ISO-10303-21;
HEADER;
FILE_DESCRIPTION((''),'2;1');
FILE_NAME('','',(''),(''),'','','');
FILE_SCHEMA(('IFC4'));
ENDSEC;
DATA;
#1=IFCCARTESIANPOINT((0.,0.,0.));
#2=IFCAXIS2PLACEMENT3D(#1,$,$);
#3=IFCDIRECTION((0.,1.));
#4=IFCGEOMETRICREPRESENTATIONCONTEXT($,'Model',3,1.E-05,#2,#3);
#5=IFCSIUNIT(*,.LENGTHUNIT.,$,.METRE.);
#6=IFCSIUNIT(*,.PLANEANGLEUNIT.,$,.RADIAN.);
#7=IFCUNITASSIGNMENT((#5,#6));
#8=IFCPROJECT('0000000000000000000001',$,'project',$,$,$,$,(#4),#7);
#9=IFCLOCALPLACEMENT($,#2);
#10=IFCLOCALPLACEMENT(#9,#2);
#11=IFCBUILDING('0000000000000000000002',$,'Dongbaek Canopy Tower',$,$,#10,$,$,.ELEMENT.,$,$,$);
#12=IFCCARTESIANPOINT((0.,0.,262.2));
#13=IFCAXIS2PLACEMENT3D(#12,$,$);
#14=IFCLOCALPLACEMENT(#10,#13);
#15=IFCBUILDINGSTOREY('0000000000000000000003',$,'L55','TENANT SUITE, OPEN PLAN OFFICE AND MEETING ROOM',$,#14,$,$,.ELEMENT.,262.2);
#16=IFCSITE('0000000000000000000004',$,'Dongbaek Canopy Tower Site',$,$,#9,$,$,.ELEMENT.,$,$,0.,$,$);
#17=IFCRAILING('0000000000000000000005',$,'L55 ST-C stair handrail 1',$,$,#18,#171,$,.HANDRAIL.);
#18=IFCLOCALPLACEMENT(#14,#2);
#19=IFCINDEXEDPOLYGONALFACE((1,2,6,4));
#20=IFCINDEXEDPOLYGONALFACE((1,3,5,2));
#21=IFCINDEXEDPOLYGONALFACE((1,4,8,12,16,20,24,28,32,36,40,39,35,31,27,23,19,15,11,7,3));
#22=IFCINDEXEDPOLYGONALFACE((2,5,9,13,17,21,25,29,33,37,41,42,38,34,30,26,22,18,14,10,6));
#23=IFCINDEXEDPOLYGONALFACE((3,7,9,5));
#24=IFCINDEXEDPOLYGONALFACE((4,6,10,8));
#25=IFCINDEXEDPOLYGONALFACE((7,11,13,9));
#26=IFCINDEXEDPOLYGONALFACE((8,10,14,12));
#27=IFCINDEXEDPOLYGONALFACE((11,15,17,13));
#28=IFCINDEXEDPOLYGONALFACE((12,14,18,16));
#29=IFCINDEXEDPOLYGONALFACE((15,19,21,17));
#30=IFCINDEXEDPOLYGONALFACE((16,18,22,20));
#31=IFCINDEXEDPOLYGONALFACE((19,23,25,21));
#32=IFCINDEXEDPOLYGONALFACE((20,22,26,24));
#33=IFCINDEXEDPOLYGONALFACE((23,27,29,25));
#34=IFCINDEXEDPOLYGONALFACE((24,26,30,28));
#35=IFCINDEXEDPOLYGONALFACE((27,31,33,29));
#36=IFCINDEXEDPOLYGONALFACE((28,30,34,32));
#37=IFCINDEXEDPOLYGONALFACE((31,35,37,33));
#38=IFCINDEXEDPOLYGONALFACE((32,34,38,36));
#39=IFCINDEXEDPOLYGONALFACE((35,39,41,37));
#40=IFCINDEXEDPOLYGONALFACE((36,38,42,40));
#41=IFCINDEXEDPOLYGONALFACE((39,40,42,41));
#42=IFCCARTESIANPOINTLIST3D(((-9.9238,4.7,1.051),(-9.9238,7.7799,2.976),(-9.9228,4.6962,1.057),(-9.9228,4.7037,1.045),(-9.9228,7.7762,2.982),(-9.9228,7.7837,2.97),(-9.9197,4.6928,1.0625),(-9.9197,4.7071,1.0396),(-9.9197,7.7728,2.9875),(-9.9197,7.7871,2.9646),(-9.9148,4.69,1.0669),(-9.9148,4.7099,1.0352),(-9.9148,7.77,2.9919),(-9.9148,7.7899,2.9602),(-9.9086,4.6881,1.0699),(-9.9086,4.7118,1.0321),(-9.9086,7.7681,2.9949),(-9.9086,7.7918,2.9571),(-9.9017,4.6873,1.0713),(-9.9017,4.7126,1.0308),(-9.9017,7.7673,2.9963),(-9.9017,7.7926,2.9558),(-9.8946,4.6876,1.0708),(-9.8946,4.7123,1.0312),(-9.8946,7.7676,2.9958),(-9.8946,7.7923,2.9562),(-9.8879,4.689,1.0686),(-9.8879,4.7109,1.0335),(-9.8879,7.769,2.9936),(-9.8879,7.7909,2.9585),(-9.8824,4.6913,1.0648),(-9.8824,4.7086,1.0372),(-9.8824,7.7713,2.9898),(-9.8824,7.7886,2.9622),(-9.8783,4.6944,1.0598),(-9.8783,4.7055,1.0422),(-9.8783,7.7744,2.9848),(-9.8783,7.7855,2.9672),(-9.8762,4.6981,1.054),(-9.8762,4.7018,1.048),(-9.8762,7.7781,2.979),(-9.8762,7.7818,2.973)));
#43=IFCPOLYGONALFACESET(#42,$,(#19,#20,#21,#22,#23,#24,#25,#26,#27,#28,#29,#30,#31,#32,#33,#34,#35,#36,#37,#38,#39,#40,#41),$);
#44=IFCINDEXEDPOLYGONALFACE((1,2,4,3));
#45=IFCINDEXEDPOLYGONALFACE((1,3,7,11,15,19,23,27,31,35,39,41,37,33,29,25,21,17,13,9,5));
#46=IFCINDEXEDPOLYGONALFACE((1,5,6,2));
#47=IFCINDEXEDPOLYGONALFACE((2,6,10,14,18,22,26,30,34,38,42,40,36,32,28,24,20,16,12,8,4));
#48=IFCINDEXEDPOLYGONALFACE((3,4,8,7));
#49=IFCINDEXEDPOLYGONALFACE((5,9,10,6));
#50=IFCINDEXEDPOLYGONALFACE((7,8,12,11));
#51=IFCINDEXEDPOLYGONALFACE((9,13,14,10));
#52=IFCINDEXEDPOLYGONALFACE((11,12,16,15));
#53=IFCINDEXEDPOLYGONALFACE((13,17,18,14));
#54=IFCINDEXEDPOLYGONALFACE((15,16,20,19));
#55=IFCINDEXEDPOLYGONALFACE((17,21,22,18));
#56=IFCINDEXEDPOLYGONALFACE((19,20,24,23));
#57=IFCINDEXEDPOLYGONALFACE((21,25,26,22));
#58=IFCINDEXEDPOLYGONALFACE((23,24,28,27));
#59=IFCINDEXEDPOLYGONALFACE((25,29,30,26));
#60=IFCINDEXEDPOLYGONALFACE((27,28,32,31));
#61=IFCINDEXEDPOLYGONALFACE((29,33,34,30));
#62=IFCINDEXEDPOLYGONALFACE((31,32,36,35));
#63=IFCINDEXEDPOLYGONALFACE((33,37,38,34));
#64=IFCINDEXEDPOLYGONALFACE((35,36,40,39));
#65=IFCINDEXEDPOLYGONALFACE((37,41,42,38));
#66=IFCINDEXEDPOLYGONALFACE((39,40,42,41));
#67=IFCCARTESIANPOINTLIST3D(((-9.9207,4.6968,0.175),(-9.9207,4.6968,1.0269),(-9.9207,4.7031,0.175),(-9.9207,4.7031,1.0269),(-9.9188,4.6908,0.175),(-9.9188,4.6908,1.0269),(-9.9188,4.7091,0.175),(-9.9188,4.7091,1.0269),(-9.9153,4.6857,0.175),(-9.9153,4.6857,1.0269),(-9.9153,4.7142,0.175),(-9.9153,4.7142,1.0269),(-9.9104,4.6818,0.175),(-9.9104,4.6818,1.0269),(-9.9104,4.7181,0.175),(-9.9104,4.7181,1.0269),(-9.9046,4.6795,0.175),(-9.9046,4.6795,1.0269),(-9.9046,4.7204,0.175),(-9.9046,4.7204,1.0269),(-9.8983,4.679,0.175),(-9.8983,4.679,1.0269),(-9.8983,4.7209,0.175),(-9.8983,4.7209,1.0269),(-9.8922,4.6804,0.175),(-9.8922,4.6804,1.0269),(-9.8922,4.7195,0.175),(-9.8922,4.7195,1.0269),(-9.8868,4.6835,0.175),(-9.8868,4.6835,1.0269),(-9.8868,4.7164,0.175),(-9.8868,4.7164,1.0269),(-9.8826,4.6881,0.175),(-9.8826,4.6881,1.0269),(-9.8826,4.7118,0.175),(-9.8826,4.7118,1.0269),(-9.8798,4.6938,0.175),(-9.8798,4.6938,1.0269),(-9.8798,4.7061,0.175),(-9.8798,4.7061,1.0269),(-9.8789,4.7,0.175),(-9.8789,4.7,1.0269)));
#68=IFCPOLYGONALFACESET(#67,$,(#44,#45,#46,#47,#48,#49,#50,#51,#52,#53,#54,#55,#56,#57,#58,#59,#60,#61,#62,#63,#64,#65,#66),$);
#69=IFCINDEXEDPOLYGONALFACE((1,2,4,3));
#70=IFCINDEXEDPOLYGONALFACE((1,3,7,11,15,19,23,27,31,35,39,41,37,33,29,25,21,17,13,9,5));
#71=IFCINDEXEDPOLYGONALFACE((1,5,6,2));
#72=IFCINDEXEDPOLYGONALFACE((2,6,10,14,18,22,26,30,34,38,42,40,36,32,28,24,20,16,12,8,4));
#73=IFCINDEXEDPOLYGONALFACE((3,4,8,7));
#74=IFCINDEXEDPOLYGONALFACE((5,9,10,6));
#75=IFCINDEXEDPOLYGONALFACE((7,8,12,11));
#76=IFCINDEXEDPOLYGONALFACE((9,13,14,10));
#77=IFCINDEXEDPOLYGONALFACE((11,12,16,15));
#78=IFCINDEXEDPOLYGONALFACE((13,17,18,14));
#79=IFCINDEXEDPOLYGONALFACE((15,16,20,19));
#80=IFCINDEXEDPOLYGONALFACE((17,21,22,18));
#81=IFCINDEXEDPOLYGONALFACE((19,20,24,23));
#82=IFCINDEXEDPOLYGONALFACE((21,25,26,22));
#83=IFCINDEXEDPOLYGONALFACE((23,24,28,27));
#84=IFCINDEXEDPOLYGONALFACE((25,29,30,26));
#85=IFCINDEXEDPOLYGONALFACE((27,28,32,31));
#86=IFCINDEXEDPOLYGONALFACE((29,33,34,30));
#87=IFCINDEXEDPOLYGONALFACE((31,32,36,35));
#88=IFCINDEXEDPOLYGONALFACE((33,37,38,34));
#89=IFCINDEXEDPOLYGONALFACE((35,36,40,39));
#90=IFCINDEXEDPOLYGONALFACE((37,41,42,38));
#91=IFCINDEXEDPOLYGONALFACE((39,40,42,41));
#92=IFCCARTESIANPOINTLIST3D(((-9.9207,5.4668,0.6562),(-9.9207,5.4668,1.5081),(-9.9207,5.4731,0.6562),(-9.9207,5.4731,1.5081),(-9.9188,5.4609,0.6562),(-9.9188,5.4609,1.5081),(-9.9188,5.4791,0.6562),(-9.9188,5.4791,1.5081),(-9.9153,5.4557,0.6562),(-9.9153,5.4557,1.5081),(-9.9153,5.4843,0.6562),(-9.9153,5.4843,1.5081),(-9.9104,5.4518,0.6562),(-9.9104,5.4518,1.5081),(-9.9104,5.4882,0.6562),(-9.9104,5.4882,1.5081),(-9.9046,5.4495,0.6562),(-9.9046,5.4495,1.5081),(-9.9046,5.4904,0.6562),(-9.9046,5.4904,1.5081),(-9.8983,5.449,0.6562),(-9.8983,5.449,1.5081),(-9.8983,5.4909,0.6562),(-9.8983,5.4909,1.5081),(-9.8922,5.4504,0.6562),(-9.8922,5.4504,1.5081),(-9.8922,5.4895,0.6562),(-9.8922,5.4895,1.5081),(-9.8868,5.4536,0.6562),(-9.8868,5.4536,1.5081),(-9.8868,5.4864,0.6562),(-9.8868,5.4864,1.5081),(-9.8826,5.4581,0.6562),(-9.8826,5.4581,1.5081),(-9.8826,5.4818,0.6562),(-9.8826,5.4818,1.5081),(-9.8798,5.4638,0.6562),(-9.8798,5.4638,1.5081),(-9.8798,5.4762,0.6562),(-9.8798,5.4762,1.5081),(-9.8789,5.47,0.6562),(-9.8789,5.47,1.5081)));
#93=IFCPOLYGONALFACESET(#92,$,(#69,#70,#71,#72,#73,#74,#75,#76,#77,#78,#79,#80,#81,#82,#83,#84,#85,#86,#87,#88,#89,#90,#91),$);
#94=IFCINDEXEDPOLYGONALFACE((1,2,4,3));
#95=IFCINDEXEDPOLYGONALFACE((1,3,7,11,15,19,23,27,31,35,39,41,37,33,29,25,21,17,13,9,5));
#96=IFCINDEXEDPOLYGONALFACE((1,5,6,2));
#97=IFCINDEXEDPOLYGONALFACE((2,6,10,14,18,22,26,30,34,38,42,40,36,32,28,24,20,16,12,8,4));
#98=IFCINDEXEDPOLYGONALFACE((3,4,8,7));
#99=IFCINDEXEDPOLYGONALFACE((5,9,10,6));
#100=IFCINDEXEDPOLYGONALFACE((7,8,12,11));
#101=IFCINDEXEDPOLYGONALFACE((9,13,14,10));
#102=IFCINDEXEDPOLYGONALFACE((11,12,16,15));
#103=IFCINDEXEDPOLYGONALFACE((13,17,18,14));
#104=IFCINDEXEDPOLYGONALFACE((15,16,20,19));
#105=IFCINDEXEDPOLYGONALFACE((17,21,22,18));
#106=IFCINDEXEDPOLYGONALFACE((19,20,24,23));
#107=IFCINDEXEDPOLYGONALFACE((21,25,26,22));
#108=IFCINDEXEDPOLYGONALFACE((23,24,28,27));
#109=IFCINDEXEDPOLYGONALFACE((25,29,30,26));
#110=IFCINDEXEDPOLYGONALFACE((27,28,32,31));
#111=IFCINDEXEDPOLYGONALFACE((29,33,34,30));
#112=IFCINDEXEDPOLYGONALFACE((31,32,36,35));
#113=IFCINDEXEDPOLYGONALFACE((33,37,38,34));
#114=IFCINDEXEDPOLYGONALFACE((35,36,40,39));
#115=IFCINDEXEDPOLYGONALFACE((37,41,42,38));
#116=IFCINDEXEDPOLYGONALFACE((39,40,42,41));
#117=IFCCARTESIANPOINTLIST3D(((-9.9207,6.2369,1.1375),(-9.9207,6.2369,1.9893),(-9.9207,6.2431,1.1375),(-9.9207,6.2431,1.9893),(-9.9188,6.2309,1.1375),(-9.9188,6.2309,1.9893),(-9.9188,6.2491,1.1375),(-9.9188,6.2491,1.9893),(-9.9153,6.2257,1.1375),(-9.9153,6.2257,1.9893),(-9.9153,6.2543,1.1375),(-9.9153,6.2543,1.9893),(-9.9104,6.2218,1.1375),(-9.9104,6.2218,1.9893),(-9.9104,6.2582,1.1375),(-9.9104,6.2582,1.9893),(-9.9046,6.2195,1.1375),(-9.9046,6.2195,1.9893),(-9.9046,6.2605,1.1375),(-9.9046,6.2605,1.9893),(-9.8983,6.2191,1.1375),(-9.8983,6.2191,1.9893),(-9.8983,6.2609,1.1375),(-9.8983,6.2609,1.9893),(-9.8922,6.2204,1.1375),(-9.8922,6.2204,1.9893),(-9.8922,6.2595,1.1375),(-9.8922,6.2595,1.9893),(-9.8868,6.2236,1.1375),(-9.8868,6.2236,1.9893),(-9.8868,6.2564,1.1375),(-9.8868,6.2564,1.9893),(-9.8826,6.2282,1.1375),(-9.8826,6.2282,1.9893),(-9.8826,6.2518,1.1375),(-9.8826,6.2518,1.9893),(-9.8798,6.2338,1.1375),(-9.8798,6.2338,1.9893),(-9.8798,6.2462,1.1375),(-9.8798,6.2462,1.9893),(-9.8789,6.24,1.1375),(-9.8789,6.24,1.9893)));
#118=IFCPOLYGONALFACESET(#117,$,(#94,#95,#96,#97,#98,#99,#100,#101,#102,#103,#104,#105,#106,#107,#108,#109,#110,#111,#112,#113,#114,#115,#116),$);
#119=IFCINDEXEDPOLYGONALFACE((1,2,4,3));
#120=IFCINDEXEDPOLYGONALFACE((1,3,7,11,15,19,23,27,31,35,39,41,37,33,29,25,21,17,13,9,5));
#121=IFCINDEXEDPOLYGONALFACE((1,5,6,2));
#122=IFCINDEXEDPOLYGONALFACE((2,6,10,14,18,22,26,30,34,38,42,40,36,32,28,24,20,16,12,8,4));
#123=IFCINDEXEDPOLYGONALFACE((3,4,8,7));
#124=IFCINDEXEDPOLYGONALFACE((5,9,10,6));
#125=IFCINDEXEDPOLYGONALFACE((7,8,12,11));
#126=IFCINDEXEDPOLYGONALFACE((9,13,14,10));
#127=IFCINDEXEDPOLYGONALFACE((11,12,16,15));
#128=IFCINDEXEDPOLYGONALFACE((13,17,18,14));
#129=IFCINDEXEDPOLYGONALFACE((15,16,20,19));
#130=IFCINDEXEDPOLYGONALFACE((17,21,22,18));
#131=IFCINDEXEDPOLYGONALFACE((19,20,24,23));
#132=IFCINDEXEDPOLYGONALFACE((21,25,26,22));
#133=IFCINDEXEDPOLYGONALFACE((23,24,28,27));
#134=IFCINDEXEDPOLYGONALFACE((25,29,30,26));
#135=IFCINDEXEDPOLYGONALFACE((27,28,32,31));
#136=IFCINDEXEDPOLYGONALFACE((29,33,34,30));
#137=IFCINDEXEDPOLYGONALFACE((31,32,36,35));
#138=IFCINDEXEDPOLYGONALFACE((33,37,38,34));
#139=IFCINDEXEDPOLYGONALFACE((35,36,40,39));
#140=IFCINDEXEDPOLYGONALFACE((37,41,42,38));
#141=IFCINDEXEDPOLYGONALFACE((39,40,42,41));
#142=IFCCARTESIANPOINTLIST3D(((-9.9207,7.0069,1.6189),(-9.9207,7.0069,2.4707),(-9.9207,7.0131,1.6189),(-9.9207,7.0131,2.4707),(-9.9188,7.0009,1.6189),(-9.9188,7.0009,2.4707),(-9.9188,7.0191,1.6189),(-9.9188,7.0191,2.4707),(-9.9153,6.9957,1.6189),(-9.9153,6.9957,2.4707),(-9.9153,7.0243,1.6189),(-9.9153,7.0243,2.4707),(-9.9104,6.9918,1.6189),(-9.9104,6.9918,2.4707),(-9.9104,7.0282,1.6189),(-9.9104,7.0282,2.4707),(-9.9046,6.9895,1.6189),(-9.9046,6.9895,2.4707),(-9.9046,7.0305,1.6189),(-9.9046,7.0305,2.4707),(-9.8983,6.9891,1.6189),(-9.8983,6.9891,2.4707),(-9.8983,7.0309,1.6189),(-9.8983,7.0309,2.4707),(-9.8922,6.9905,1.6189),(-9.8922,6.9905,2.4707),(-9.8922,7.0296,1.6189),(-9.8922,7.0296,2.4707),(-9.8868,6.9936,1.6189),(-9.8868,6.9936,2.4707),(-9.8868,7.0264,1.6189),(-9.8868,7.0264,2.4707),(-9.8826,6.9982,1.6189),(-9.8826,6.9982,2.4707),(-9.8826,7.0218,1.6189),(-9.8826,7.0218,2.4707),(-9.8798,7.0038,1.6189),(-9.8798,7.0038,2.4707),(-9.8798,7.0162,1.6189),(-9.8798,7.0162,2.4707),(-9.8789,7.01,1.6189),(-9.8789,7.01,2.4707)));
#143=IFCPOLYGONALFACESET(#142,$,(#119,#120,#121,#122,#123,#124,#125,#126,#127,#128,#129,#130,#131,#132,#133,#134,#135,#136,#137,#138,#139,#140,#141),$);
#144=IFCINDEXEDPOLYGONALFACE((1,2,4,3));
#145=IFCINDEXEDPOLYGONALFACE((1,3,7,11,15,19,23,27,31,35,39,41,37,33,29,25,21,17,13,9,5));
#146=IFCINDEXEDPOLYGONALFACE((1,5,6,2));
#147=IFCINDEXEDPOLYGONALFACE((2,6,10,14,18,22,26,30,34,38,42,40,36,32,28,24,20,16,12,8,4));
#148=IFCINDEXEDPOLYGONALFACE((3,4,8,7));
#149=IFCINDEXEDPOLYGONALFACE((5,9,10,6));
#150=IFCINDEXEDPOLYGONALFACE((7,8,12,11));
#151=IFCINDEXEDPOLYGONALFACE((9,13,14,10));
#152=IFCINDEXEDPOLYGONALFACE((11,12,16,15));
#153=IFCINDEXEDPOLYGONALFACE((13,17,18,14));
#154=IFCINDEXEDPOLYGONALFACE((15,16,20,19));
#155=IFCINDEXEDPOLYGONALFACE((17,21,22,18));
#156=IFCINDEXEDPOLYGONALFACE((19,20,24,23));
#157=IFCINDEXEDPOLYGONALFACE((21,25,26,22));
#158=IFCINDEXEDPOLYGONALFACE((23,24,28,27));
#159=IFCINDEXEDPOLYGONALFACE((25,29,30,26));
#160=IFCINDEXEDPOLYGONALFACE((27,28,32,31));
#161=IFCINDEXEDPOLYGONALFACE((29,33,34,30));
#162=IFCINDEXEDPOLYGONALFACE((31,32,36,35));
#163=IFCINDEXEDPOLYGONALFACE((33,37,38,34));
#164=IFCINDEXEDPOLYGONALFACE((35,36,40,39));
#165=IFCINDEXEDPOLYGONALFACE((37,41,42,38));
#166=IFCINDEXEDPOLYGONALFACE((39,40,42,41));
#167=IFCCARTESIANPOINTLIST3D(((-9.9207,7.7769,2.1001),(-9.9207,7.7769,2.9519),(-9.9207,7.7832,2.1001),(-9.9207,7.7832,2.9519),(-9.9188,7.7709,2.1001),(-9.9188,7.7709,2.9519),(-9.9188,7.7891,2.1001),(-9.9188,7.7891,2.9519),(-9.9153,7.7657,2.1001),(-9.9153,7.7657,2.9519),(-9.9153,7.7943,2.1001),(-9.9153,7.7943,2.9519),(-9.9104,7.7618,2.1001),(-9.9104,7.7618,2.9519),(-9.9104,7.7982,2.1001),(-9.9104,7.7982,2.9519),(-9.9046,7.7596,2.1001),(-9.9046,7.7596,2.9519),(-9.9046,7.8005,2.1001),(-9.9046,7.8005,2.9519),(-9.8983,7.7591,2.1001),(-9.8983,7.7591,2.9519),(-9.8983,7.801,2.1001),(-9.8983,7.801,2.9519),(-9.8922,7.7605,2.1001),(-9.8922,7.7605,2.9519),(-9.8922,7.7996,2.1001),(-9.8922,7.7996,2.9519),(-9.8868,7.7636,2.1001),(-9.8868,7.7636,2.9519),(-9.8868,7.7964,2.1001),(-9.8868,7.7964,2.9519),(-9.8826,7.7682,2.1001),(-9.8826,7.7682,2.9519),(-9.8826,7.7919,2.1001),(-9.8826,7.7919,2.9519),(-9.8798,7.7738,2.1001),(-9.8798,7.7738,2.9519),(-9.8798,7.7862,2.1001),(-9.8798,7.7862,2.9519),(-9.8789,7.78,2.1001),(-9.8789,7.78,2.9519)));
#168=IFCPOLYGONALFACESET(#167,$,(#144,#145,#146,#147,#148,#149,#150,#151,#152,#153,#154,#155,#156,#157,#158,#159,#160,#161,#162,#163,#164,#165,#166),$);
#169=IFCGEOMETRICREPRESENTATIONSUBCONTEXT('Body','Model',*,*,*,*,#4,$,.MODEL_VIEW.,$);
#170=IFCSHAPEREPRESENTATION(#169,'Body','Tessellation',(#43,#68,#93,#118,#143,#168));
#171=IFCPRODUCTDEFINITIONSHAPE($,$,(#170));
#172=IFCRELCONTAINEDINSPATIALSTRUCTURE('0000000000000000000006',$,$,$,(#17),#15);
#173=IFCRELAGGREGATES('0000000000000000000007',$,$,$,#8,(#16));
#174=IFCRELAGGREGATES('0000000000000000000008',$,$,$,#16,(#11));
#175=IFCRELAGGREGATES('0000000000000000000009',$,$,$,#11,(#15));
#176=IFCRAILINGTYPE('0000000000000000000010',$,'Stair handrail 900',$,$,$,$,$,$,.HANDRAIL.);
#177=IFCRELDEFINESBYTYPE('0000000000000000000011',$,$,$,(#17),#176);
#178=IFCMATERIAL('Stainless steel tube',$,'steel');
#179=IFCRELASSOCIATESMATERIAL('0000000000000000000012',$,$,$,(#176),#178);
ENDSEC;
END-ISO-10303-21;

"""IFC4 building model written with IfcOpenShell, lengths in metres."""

from ifc_helpers import new_model, si_unit, direction, frame, origin, origin_2d, place, context, subcontext, project, spatial, circle, extrude, material, type_object, element, save


model = new_model("IFC4")

# Units and contexts
model_context = context("Model", 3, precision=1e-05, world=origin(), true_north=direction((0.0, 1.0)))
body_context = subcontext(model_context, "Body", "Model", "MODEL_VIEW")
ifc_project = project(units=[si_unit("LENGTHUNIT", "METRE"), si_unit("PLANEANGLEUNIT", "RADIAN")], contexts=[model_context])

# Site, building, storey
site_placement = place(None, origin())
site = spatial("IfcSite", under=ifc_project, at=site_placement, Name="Dongbaek Canopy Tower Site", CompositionType="ELEMENT", RefElevation=0.0)
building_placement = place(site_placement, origin())
building = spatial("IfcBuilding", under=site, at=building_placement, Name="Dongbaek Canopy Tower", CompositionType="ELEMENT")
storey_placement = place(building_placement, frame((0.0, 0.0, 262.2)))
storey = spatial("IfcBuildingStorey", under=building, at=storey_placement, Name="L55", Description="TENANT SUITE, OPEN PLAN OFFICE AND MEETING ROOM", CompositionType="ELEMENT", Elevation=262.2)

# Railing
ifc_material_1 = material(Name="Stainless steel tube", Category="steel")
railing_type_1 = type_object("IfcRailingType", Name="Stair handrail 900", PredefinedType="HANDRAIL", material=ifc_material_1)
railing_1_placement = place(storey_placement, frame((-9.8999, 4.7, 0.175)))
element("IfcRailing", 1, at=railing_1_placement, inside=storey, type_object=railing_type_1, Name="L55 ST-C stair handrail 1", PredefinedType="HANDRAIL", context=body_context, shape_type="SweptSolid", body=[
    extrude(circle(Radius=0.0239, at=origin_2d()), frame((0.0, 0.0, 0.876), z_axis=(0.0, 0.847998, 0.529999), x_axis=(-1.0, 0.0, 0.0)), (0.0, 0.0, 1.0), 3.6321),
    extrude(circle(Radius=0.021, at=origin_2d()), origin(), (0.0, 0.0, 1.0), 0.8518),
    extrude(circle(Radius=0.021, at=origin_2d()), frame((0.0, 0.77, 0.4812)), (0.0, 0.0, 1.0), 0.8518),
    extrude(circle(Radius=0.021, at=origin_2d()), frame((0.0, 1.54, 0.9624)), (0.0, 0.0, 1.0), 0.8518),
    extrude(circle(Radius=0.021, at=origin_2d()), frame((0.0, 2.3101, 1.4438)), (0.0, 0.0, 1.0), 0.8518),
    extrude(circle(Radius=0.021, at=origin_2d()), frame((0.0, 3.0801, 1.925)), (0.0, 0.0, 1.0), 0.8518),
])

save(model, "model.ifc")
